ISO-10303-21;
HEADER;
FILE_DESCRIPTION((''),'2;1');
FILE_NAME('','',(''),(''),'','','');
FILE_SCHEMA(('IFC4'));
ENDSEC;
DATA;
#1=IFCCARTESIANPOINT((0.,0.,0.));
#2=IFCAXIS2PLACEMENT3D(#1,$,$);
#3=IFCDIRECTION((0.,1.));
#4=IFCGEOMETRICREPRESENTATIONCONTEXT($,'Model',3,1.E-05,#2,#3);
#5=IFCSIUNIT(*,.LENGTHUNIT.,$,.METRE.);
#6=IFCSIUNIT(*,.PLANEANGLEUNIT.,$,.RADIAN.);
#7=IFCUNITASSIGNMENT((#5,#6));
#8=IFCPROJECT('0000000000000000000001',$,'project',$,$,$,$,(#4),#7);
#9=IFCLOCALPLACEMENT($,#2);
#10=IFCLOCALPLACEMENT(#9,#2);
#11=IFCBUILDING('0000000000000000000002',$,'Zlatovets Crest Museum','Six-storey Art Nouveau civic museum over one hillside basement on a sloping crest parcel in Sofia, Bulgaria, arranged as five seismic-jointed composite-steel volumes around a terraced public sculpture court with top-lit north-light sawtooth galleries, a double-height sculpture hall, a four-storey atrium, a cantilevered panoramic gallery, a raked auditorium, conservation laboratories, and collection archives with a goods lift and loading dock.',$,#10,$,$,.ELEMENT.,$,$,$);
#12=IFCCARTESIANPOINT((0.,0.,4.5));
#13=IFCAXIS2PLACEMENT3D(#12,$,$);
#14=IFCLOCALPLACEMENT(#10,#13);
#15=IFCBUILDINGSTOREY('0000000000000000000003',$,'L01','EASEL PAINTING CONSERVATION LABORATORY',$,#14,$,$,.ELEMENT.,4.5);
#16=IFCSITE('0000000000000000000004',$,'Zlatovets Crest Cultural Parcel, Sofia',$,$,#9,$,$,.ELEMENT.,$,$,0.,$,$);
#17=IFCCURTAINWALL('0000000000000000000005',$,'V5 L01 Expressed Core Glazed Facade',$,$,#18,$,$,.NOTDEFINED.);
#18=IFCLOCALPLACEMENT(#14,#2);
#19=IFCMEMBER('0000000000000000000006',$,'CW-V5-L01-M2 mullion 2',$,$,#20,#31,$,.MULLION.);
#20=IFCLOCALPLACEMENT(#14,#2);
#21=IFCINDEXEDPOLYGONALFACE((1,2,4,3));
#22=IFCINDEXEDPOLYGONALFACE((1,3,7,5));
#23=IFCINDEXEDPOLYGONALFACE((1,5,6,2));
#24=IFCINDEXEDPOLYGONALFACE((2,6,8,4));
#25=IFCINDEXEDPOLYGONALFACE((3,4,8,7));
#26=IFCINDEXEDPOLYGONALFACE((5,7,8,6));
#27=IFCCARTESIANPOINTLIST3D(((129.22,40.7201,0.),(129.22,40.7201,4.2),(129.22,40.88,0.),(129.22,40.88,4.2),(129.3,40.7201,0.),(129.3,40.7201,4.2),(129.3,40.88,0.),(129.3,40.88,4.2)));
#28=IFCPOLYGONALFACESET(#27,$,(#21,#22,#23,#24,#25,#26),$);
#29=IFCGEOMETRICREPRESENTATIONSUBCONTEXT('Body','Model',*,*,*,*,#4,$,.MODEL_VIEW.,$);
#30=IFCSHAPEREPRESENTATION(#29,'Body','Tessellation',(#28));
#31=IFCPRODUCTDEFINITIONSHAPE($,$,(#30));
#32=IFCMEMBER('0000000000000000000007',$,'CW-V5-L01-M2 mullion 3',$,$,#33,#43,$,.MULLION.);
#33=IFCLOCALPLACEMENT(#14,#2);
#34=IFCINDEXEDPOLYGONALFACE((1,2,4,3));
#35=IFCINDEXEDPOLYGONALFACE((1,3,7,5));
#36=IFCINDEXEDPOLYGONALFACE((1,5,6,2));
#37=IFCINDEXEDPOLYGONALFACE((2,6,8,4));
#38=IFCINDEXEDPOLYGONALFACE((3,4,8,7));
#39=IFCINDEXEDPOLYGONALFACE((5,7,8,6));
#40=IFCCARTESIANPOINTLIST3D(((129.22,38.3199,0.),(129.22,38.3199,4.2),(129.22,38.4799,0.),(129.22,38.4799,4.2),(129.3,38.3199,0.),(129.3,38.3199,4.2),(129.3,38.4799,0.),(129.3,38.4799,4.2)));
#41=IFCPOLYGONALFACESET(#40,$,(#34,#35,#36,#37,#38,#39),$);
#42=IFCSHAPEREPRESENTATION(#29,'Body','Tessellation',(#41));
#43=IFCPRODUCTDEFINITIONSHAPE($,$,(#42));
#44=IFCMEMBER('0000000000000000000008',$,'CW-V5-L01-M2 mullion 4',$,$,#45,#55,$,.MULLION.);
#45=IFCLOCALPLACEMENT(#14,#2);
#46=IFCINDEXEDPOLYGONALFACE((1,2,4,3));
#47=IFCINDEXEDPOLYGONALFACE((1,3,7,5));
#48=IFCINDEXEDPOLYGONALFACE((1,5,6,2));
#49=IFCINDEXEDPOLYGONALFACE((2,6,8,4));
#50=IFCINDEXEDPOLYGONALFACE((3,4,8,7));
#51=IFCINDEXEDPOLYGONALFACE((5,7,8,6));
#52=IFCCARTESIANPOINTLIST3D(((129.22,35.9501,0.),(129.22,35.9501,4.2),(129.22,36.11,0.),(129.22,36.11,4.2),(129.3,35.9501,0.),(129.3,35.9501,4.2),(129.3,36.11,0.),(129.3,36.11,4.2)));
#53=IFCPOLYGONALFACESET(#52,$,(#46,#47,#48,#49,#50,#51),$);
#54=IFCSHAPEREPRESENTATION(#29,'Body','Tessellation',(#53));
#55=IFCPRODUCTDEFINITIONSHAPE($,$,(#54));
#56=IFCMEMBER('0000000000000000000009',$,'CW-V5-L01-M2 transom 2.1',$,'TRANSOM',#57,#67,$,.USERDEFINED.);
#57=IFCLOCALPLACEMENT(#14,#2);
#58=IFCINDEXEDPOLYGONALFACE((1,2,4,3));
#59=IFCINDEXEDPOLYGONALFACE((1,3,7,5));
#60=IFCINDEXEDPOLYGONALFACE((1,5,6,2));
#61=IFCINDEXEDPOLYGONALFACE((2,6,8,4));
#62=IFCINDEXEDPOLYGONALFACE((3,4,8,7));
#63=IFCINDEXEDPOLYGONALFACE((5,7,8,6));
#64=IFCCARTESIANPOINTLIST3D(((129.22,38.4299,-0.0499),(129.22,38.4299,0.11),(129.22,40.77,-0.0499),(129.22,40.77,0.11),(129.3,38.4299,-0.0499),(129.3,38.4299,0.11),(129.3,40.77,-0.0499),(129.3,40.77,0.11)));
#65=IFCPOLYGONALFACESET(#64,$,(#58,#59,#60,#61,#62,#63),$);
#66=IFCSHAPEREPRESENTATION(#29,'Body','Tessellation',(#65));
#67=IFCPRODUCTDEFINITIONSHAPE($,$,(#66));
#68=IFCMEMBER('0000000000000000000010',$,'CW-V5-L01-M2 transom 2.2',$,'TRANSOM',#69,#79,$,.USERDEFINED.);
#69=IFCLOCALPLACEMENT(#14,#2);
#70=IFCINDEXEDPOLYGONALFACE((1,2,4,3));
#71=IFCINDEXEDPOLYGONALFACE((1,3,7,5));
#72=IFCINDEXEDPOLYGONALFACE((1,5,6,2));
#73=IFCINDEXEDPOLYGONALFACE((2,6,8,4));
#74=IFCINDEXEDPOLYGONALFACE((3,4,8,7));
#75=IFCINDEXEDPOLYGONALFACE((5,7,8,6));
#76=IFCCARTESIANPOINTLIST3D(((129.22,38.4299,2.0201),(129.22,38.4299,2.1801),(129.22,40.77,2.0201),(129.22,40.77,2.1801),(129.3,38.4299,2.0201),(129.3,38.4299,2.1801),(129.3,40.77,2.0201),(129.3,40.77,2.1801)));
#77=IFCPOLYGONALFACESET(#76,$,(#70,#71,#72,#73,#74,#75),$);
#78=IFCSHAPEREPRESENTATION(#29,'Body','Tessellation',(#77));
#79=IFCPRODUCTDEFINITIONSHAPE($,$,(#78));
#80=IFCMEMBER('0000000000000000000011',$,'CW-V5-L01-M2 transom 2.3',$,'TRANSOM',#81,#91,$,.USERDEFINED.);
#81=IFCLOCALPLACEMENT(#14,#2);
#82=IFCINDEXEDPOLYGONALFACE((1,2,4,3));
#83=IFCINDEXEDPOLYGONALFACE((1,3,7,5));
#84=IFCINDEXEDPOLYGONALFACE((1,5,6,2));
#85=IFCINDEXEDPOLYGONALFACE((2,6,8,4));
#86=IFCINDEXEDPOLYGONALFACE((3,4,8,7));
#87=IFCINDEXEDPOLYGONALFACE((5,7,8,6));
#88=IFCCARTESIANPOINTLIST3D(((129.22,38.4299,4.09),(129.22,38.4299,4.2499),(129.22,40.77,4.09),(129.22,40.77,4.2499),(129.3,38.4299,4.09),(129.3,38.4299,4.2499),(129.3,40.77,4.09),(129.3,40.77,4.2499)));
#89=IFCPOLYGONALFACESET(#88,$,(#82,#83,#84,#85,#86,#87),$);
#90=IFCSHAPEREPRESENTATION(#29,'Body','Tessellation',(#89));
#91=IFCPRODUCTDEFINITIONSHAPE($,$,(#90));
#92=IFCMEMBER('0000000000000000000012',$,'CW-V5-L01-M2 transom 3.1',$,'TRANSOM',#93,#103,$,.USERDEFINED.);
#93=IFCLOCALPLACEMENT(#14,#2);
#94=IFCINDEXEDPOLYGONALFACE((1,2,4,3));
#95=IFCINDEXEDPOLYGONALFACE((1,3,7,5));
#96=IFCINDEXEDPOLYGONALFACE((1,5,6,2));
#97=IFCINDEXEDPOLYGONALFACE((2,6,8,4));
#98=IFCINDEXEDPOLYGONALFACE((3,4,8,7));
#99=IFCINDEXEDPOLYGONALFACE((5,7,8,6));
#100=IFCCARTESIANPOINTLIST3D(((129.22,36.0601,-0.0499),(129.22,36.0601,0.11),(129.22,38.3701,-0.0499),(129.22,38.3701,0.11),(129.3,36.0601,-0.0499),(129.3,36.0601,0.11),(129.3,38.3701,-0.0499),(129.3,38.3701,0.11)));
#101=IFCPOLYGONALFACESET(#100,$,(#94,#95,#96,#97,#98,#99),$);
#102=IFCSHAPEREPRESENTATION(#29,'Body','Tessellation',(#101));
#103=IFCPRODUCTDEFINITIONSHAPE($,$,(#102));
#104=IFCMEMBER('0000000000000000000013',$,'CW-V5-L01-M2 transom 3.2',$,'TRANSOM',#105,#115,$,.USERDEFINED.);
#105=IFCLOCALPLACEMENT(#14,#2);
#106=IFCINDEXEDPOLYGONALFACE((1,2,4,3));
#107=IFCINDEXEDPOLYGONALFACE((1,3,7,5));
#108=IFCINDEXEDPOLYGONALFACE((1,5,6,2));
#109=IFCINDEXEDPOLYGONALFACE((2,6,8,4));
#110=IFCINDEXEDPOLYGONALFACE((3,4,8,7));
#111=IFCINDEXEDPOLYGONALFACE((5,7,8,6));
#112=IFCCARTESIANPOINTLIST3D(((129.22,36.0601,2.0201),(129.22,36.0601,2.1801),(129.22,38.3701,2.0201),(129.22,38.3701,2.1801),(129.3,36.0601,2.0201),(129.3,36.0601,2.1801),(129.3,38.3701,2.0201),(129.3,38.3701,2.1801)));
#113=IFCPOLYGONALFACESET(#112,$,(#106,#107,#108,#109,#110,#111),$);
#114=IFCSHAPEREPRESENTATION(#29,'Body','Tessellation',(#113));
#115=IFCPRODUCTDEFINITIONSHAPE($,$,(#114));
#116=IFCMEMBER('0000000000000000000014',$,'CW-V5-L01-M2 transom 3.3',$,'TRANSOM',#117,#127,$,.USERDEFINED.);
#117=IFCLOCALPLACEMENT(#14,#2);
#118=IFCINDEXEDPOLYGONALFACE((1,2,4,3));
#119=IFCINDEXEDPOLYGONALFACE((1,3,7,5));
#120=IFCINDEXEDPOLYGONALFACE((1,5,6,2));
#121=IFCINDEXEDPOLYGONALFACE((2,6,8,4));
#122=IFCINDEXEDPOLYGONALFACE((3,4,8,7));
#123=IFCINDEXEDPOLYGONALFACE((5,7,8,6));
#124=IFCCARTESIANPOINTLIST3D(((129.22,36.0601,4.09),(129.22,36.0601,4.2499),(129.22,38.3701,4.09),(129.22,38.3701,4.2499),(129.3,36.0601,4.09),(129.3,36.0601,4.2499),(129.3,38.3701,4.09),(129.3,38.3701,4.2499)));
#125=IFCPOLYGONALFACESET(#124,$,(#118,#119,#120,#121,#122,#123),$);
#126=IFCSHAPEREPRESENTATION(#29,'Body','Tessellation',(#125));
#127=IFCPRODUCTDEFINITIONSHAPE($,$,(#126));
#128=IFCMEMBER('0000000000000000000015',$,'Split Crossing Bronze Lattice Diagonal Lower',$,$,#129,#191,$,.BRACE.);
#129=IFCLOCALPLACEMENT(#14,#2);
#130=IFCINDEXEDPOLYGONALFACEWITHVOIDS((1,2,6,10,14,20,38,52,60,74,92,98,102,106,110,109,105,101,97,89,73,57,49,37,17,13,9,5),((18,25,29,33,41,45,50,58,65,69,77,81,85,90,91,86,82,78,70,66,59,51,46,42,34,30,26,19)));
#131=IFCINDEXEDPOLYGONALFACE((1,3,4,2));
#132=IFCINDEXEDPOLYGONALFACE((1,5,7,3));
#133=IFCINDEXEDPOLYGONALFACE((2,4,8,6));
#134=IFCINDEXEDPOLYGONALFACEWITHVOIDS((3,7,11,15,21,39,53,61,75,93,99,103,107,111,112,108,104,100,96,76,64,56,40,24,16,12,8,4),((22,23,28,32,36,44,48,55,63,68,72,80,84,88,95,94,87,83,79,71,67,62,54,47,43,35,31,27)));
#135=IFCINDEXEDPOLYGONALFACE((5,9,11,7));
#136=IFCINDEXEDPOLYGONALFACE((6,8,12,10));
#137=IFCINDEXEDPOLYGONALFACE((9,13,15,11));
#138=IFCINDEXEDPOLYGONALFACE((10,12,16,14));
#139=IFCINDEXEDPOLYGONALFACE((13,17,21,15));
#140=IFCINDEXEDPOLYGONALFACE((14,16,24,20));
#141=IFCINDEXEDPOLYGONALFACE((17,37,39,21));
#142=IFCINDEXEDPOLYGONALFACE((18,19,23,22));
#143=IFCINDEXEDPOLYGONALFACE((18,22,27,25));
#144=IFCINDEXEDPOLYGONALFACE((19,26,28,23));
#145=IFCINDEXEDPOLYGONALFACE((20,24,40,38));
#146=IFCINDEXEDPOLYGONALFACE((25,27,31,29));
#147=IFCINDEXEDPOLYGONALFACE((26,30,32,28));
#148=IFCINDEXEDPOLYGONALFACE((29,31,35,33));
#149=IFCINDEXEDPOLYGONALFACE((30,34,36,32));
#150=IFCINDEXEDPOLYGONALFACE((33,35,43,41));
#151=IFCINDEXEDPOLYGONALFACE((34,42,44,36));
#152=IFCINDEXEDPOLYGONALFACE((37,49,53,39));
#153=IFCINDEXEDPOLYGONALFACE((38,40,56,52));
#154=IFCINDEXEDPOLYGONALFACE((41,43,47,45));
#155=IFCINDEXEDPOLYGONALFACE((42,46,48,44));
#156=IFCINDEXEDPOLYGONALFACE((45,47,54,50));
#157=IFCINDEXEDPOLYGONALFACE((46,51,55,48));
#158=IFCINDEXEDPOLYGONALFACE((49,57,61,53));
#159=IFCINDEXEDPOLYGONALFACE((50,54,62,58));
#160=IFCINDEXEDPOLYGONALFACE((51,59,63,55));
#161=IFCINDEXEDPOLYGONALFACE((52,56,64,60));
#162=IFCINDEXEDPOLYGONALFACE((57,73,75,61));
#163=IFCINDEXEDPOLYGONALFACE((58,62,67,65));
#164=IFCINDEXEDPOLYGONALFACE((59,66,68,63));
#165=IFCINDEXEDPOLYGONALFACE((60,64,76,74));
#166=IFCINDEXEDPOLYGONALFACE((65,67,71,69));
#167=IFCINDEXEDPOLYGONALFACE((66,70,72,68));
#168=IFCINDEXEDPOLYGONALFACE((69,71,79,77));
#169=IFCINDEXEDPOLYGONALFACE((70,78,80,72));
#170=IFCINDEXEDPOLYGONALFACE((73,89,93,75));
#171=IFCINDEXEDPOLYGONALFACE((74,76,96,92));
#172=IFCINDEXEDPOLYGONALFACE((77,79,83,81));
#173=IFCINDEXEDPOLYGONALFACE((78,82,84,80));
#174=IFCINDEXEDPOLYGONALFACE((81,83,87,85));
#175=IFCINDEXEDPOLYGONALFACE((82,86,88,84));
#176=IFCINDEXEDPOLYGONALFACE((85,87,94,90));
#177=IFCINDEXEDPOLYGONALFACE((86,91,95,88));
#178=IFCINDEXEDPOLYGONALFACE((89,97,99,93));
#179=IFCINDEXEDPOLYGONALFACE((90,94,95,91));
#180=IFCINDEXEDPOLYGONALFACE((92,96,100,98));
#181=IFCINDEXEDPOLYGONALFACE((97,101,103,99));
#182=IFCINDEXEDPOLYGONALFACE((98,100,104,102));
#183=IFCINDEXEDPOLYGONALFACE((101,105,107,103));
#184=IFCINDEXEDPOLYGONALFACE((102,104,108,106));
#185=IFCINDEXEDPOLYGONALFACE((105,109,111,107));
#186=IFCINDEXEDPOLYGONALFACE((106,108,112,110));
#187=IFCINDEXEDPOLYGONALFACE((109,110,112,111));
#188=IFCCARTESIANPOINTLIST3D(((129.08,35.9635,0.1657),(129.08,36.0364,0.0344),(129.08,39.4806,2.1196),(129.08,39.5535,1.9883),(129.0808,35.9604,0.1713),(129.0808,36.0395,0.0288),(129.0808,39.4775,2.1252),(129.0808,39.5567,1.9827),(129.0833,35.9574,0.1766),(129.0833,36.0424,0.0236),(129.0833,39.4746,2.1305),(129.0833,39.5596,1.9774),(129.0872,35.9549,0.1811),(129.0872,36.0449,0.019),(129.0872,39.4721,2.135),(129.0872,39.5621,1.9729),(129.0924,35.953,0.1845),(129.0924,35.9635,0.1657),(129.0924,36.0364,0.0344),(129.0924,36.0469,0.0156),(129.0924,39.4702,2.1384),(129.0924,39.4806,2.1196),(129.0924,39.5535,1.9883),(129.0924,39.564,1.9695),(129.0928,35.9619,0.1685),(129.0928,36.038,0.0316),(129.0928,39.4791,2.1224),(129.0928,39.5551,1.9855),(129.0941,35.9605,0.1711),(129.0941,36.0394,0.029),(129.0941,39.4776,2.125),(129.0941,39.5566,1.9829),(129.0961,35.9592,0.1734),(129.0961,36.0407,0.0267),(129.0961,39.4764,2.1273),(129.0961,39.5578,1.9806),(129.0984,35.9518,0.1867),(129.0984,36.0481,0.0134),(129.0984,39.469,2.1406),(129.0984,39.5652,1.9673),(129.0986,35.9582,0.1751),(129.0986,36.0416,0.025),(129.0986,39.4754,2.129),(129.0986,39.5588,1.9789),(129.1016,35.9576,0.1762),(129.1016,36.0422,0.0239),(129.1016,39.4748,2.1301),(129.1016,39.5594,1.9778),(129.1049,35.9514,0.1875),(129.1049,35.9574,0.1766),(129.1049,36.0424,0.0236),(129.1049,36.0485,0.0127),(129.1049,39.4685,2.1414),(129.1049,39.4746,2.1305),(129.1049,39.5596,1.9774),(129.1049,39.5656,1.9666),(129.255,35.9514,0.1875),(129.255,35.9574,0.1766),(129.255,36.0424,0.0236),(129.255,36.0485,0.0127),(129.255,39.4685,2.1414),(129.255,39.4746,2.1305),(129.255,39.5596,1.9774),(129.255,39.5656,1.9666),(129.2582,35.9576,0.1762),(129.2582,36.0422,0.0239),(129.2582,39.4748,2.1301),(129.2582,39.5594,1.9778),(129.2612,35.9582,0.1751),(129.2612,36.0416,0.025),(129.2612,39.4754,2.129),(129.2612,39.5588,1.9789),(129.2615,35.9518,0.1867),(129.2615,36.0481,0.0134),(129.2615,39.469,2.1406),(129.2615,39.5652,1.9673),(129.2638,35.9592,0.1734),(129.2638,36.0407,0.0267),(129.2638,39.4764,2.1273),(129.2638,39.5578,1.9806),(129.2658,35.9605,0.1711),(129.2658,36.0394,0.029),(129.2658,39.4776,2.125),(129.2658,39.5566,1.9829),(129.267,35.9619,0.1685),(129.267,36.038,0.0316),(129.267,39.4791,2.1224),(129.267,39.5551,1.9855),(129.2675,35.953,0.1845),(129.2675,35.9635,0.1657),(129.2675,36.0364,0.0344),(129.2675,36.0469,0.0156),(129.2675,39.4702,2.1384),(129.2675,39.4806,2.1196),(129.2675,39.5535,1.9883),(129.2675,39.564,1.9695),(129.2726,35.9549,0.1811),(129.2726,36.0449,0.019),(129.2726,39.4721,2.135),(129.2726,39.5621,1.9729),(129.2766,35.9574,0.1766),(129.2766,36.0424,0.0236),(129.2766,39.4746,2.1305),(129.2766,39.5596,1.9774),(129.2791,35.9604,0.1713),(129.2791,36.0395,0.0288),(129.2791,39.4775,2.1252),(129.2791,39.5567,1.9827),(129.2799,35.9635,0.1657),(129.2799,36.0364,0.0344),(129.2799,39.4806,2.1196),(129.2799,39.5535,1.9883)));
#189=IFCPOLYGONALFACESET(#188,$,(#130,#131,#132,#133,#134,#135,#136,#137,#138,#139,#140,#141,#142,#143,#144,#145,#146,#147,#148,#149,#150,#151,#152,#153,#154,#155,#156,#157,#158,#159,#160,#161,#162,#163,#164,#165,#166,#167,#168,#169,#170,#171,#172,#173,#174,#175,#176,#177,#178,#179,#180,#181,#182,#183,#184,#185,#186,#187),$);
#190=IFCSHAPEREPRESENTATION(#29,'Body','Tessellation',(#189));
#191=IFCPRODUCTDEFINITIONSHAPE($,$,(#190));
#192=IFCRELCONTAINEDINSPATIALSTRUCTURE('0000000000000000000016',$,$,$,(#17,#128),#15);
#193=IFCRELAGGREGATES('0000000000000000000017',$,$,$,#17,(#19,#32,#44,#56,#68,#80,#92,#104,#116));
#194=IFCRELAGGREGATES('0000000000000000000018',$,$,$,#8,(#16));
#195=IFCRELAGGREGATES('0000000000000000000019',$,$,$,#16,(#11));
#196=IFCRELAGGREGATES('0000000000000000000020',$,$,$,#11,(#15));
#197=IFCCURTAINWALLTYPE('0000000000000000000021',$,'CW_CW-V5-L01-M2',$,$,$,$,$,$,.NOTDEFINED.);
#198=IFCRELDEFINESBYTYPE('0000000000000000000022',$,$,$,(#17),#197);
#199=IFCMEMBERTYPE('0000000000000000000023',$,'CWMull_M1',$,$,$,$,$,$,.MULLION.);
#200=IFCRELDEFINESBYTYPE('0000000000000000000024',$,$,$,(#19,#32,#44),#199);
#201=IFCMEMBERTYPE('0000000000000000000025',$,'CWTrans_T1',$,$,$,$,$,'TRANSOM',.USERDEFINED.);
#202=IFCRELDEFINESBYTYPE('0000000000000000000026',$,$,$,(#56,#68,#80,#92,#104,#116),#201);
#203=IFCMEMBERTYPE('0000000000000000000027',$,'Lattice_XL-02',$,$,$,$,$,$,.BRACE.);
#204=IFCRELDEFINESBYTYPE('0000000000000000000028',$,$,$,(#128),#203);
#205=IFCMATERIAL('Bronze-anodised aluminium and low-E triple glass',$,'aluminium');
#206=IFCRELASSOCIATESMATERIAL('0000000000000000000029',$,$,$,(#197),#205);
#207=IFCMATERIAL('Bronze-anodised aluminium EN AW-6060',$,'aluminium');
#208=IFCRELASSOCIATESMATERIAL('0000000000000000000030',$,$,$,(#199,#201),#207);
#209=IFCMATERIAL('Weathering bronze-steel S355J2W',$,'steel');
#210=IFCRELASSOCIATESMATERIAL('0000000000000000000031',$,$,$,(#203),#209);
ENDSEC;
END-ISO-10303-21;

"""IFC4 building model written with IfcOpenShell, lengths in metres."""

from ifc_helpers import new_model, si_unit, direction, frame, origin, origin_2d, place, context, subcontext, project, spatial, rectangle, hollow_rectangle, extrude, material, material_profile, profile_set, type_object, element, aggregate, save


model = new_model("IFC4")

# Units and contexts
model_context = context("Model", 3, precision=1e-05, world=origin(), true_north=direction((0.0, 1.0)))
body_context = subcontext(model_context, "Body", "Model", "MODEL_VIEW")
ifc_project = project(units=[si_unit("LENGTHUNIT", "METRE"), si_unit("PLANEANGLEUNIT", "RADIAN")], contexts=[model_context])

# Site, building, storey
site_placement = place(None, origin())
site = spatial("IfcSite", under=ifc_project, at=site_placement, Name="Zlatovets Crest Cultural Parcel, Sofia", CompositionType="ELEMENT", RefElevation=0.0)
building_placement = place(site_placement, origin())
building = spatial("IfcBuilding", under=site, at=building_placement, Name="Zlatovets Crest Museum", Description="Six-storey Art Nouveau civic museum over one hillside basement on a sloping crest parcel in Sofia, Bulgaria, arranged as five seismic-jointed composite-steel volumes around a terraced public sculpture court with top-lit north-light sawtooth galleries, a double-height sculpture hall, a four-storey atrium, a cantilevered panoramic gallery, a raked auditorium, conservation laboratories, and collection archives with a goods lift and loading dock.", CompositionType="ELEMENT")
storey_placement = place(building_placement, frame((0.0, 0.0, 4.5)))
storey = spatial("IfcBuildingStorey", under=building, at=storey_placement, Name="L01", Description="EASEL PAINTING CONSERVATION LABORATORY", CompositionType="ELEMENT", Elevation=4.5)

# Curtain wall, members
ifc_material_1 = material(Name="Bronze-anodised aluminium and low-E triple glass", Category="aluminium")
curtain_wall_type = type_object("IfcCurtainWallType", Name="CW_CW-V5-L01-M2", PredefinedType="NOTDEFINED", material=ifc_material_1)
curtain_wall_placement = place(storey_placement, origin())
curtain_wall = element("IfcCurtainWall", 1, at=curtain_wall_placement, inside=storey, type_object=curtain_wall_type, Name="V5 L01 Expressed Core Glazed Facade", PredefinedType="NOTDEFINED")
ifc_material_2 = material(Name="Bronze-anodised aluminium EN AW-6060", Category="aluminium")
ifc_material_profile_1 = material_profile(ifc_material_2, rectangle(XDim=0.0801, YDim=0.1599, at=origin_2d()), Name="ALU 80x160")
ifc_profile_set_1 = profile_set([ifc_material_profile_1], Name="Bronze-anodised aluminium EN AW-6060")
member_type_1 = type_object("IfcMemberType", Name="CWMull_M1", PredefinedType="MULLION", material=ifc_profile_set_1)
member_1_placement = place(storey_placement, frame((129.26, 40.8, 0.0), z_axis=(0.0, 0.0, 1.0), x_axis=(1.0, 0.0, 0.0)))
member_1 = element("IfcMember", 2, at=member_1_placement, type_object=member_type_1, Name="CW-V5-L01-M2 mullion 2", PredefinedType="MULLION", context=body_context, shape_type="SweptSolid", body=[
    extrude(rectangle(XDim=0.0801, YDim=0.1599, at=origin_2d()), origin(), (0.0, 0.0, 1.0), 4.2),
])
member_2_placement = place(storey_placement, frame((129.26, 38.3999, 0.0), z_axis=(0.0, 0.0, 1.0), x_axis=(1.0, 0.0, 0.0)))
member_2 = element("IfcMember", 3, at=member_2_placement, type_object=member_type_1, Name="CW-V5-L01-M2 mullion 3", PredefinedType="MULLION", context=body_context, shape_type="SweptSolid", body=[
    extrude(rectangle(XDim=0.0801, YDim=0.1599, at=origin_2d()), origin(), (0.0, 0.0, 1.0), 4.2),
])
member_3_placement = place(storey_placement, frame((129.26, 36.03, 0.0), z_axis=(0.0, 0.0, 1.0), x_axis=(1.0, 0.0, 0.0)))
member_3 = element("IfcMember", 4, at=member_3_placement, type_object=member_type_1, Name="CW-V5-L01-M2 mullion 4", PredefinedType="MULLION", context=body_context, shape_type="SweptSolid", body=[
    extrude(rectangle(XDim=0.0801, YDim=0.1599, at=origin_2d()), origin(), (0.0, 0.0, 1.0), 4.2),
])
ifc_material_profile_2 = material_profile(ifc_material_2, rectangle(XDim=0.0801, YDim=0.1599, at=origin_2d()), Name="ALU 80x160")
ifc_profile_set_2 = profile_set([ifc_material_profile_2], Name="Bronze-anodised aluminium EN AW-6060")
member_type_2 = type_object("IfcMemberType", Name="CWTrans_T1", ElementType="TRANSOM", PredefinedType="USERDEFINED", material=ifc_profile_set_2)
member_4_placement = place(storey_placement, frame((129.26, 40.77, 0.03), z_axis=(0.0, -1.0, 0.0), x_axis=(1.0, 0.0, 0.0)))
member_4 = element("IfcMember", 5, at=member_4_placement, type_object=member_type_2, Name="CW-V5-L01-M2 transom 2.1", ObjectType="TRANSOM", PredefinedType="USERDEFINED", context=body_context, shape_type="SweptSolid", body=[
    extrude(rectangle(XDim=0.0801, YDim=0.1599, at=origin_2d()), origin(), (0.0, 0.0, 1.0), 2.3401),
])
member_5_placement = place(storey_placement, frame((129.26, 40.77, 2.1001), z_axis=(0.0, -1.0, 0.0), x_axis=(1.0, 0.0, 0.0)))
member_5 = element("IfcMember", 6, at=member_5_placement, type_object=member_type_2, Name="CW-V5-L01-M2 transom 2.2", ObjectType="TRANSOM", PredefinedType="USERDEFINED", context=body_context, shape_type="SweptSolid", body=[
    extrude(rectangle(XDim=0.0801, YDim=0.1599, at=origin_2d()), origin(), (0.0, 0.0, 1.0), 2.3401),
])
member_6_placement = place(storey_placement, frame((129.26, 40.77, 4.1699), z_axis=(0.0, -1.0, 0.0), x_axis=(1.0, 0.0, 0.0)))
member_6 = element("IfcMember", 7, at=member_6_placement, type_object=member_type_2, Name="CW-V5-L01-M2 transom 2.3", ObjectType="TRANSOM", PredefinedType="USERDEFINED", context=body_context, shape_type="SweptSolid", body=[
    extrude(rectangle(XDim=0.0801, YDim=0.1599, at=origin_2d()), origin(), (0.0, 0.0, 1.0), 2.3401),
])
member_7_placement = place(storey_placement, frame((129.26, 38.3701, 0.03), z_axis=(0.0, -1.0, 0.0), x_axis=(1.0, 0.0, 0.0)))
member_7 = element("IfcMember", 8, at=member_7_placement, type_object=member_type_2, Name="CW-V5-L01-M2 transom 3.1", ObjectType="TRANSOM", PredefinedType="USERDEFINED", context=body_context, shape_type="SweptSolid", body=[
    extrude(rectangle(XDim=0.0801, YDim=0.1599, at=origin_2d()), origin(), (0.0, 0.0, 1.0), 2.3101),
])
member_8_placement = place(storey_placement, frame((129.26, 38.3701, 2.1001), z_axis=(0.0, -1.0, 0.0), x_axis=(1.0, 0.0, 0.0)))
member_8 = element("IfcMember", 9, at=member_8_placement, type_object=member_type_2, Name="CW-V5-L01-M2 transom 3.2", ObjectType="TRANSOM", PredefinedType="USERDEFINED", context=body_context, shape_type="SweptSolid", body=[
    extrude(rectangle(XDim=0.0801, YDim=0.1599, at=origin_2d()), origin(), (0.0, 0.0, 1.0), 2.3101),
])
member_9_placement = place(storey_placement, frame((129.26, 38.3701, 4.1699), z_axis=(0.0, -1.0, 0.0), x_axis=(1.0, 0.0, 0.0)))
member_9 = element("IfcMember", 10, at=member_9_placement, type_object=member_type_2, Name="CW-V5-L01-M2 transom 3.3", ObjectType="TRANSOM", PredefinedType="USERDEFINED", context=body_context, shape_type="SweptSolid", body=[
    extrude(rectangle(XDim=0.0801, YDim=0.1599, at=origin_2d()), origin(), (0.0, 0.0, 1.0), 2.3101),
])

# Member
ifc_material_3 = material(Name="Weathering bronze-steel S355J2W", Category="steel")
ifc_material_profile_3 = material_profile(ifc_material_3, hollow_rectangle(XDim=0.2, YDim=0.2, WallThickness=0.0125, InnerFilletRadius=0.0125, OuterFilletRadius=0.0249, at=origin_2d()), Name="SHS 200x200x12.5")
ifc_profile_set_3 = profile_set([ifc_material_profile_3], Name="Weathering bronze-steel S355J2W")
member_type_3 = type_object("IfcMemberType", Name="Lattice_XL-02", PredefinedType="BRACE", material=ifc_profile_set_3)
member_10_placement = place(storey_placement, frame((129.1799, 39.5171, 2.054), z_axis=(0.0, -0.874166, -0.485627), x_axis=(1.0, 0.0, 0.0)))
element("IfcMember", 11, at=member_10_placement, inside=storey, type_object=member_type_3, Name="Split Crossing Bronze Lattice Diagonal Lower", PredefinedType="BRACE", context=body_context, shape_type="SweptSolid", body=[
    extrude(hollow_rectangle(XDim=0.2, YDim=0.2, WallThickness=0.0125, InnerFilletRadius=0.0125, OuterFilletRadius=0.0249, at=origin_2d()), origin(), (0.0, 0.0, 1.0), 4.0234),
])

aggregate(curtain_wall, [member_1, member_2, member_3, member_4, member_5, member_6, member_7, member_8, member_9])

save(model, "model.ifc")
